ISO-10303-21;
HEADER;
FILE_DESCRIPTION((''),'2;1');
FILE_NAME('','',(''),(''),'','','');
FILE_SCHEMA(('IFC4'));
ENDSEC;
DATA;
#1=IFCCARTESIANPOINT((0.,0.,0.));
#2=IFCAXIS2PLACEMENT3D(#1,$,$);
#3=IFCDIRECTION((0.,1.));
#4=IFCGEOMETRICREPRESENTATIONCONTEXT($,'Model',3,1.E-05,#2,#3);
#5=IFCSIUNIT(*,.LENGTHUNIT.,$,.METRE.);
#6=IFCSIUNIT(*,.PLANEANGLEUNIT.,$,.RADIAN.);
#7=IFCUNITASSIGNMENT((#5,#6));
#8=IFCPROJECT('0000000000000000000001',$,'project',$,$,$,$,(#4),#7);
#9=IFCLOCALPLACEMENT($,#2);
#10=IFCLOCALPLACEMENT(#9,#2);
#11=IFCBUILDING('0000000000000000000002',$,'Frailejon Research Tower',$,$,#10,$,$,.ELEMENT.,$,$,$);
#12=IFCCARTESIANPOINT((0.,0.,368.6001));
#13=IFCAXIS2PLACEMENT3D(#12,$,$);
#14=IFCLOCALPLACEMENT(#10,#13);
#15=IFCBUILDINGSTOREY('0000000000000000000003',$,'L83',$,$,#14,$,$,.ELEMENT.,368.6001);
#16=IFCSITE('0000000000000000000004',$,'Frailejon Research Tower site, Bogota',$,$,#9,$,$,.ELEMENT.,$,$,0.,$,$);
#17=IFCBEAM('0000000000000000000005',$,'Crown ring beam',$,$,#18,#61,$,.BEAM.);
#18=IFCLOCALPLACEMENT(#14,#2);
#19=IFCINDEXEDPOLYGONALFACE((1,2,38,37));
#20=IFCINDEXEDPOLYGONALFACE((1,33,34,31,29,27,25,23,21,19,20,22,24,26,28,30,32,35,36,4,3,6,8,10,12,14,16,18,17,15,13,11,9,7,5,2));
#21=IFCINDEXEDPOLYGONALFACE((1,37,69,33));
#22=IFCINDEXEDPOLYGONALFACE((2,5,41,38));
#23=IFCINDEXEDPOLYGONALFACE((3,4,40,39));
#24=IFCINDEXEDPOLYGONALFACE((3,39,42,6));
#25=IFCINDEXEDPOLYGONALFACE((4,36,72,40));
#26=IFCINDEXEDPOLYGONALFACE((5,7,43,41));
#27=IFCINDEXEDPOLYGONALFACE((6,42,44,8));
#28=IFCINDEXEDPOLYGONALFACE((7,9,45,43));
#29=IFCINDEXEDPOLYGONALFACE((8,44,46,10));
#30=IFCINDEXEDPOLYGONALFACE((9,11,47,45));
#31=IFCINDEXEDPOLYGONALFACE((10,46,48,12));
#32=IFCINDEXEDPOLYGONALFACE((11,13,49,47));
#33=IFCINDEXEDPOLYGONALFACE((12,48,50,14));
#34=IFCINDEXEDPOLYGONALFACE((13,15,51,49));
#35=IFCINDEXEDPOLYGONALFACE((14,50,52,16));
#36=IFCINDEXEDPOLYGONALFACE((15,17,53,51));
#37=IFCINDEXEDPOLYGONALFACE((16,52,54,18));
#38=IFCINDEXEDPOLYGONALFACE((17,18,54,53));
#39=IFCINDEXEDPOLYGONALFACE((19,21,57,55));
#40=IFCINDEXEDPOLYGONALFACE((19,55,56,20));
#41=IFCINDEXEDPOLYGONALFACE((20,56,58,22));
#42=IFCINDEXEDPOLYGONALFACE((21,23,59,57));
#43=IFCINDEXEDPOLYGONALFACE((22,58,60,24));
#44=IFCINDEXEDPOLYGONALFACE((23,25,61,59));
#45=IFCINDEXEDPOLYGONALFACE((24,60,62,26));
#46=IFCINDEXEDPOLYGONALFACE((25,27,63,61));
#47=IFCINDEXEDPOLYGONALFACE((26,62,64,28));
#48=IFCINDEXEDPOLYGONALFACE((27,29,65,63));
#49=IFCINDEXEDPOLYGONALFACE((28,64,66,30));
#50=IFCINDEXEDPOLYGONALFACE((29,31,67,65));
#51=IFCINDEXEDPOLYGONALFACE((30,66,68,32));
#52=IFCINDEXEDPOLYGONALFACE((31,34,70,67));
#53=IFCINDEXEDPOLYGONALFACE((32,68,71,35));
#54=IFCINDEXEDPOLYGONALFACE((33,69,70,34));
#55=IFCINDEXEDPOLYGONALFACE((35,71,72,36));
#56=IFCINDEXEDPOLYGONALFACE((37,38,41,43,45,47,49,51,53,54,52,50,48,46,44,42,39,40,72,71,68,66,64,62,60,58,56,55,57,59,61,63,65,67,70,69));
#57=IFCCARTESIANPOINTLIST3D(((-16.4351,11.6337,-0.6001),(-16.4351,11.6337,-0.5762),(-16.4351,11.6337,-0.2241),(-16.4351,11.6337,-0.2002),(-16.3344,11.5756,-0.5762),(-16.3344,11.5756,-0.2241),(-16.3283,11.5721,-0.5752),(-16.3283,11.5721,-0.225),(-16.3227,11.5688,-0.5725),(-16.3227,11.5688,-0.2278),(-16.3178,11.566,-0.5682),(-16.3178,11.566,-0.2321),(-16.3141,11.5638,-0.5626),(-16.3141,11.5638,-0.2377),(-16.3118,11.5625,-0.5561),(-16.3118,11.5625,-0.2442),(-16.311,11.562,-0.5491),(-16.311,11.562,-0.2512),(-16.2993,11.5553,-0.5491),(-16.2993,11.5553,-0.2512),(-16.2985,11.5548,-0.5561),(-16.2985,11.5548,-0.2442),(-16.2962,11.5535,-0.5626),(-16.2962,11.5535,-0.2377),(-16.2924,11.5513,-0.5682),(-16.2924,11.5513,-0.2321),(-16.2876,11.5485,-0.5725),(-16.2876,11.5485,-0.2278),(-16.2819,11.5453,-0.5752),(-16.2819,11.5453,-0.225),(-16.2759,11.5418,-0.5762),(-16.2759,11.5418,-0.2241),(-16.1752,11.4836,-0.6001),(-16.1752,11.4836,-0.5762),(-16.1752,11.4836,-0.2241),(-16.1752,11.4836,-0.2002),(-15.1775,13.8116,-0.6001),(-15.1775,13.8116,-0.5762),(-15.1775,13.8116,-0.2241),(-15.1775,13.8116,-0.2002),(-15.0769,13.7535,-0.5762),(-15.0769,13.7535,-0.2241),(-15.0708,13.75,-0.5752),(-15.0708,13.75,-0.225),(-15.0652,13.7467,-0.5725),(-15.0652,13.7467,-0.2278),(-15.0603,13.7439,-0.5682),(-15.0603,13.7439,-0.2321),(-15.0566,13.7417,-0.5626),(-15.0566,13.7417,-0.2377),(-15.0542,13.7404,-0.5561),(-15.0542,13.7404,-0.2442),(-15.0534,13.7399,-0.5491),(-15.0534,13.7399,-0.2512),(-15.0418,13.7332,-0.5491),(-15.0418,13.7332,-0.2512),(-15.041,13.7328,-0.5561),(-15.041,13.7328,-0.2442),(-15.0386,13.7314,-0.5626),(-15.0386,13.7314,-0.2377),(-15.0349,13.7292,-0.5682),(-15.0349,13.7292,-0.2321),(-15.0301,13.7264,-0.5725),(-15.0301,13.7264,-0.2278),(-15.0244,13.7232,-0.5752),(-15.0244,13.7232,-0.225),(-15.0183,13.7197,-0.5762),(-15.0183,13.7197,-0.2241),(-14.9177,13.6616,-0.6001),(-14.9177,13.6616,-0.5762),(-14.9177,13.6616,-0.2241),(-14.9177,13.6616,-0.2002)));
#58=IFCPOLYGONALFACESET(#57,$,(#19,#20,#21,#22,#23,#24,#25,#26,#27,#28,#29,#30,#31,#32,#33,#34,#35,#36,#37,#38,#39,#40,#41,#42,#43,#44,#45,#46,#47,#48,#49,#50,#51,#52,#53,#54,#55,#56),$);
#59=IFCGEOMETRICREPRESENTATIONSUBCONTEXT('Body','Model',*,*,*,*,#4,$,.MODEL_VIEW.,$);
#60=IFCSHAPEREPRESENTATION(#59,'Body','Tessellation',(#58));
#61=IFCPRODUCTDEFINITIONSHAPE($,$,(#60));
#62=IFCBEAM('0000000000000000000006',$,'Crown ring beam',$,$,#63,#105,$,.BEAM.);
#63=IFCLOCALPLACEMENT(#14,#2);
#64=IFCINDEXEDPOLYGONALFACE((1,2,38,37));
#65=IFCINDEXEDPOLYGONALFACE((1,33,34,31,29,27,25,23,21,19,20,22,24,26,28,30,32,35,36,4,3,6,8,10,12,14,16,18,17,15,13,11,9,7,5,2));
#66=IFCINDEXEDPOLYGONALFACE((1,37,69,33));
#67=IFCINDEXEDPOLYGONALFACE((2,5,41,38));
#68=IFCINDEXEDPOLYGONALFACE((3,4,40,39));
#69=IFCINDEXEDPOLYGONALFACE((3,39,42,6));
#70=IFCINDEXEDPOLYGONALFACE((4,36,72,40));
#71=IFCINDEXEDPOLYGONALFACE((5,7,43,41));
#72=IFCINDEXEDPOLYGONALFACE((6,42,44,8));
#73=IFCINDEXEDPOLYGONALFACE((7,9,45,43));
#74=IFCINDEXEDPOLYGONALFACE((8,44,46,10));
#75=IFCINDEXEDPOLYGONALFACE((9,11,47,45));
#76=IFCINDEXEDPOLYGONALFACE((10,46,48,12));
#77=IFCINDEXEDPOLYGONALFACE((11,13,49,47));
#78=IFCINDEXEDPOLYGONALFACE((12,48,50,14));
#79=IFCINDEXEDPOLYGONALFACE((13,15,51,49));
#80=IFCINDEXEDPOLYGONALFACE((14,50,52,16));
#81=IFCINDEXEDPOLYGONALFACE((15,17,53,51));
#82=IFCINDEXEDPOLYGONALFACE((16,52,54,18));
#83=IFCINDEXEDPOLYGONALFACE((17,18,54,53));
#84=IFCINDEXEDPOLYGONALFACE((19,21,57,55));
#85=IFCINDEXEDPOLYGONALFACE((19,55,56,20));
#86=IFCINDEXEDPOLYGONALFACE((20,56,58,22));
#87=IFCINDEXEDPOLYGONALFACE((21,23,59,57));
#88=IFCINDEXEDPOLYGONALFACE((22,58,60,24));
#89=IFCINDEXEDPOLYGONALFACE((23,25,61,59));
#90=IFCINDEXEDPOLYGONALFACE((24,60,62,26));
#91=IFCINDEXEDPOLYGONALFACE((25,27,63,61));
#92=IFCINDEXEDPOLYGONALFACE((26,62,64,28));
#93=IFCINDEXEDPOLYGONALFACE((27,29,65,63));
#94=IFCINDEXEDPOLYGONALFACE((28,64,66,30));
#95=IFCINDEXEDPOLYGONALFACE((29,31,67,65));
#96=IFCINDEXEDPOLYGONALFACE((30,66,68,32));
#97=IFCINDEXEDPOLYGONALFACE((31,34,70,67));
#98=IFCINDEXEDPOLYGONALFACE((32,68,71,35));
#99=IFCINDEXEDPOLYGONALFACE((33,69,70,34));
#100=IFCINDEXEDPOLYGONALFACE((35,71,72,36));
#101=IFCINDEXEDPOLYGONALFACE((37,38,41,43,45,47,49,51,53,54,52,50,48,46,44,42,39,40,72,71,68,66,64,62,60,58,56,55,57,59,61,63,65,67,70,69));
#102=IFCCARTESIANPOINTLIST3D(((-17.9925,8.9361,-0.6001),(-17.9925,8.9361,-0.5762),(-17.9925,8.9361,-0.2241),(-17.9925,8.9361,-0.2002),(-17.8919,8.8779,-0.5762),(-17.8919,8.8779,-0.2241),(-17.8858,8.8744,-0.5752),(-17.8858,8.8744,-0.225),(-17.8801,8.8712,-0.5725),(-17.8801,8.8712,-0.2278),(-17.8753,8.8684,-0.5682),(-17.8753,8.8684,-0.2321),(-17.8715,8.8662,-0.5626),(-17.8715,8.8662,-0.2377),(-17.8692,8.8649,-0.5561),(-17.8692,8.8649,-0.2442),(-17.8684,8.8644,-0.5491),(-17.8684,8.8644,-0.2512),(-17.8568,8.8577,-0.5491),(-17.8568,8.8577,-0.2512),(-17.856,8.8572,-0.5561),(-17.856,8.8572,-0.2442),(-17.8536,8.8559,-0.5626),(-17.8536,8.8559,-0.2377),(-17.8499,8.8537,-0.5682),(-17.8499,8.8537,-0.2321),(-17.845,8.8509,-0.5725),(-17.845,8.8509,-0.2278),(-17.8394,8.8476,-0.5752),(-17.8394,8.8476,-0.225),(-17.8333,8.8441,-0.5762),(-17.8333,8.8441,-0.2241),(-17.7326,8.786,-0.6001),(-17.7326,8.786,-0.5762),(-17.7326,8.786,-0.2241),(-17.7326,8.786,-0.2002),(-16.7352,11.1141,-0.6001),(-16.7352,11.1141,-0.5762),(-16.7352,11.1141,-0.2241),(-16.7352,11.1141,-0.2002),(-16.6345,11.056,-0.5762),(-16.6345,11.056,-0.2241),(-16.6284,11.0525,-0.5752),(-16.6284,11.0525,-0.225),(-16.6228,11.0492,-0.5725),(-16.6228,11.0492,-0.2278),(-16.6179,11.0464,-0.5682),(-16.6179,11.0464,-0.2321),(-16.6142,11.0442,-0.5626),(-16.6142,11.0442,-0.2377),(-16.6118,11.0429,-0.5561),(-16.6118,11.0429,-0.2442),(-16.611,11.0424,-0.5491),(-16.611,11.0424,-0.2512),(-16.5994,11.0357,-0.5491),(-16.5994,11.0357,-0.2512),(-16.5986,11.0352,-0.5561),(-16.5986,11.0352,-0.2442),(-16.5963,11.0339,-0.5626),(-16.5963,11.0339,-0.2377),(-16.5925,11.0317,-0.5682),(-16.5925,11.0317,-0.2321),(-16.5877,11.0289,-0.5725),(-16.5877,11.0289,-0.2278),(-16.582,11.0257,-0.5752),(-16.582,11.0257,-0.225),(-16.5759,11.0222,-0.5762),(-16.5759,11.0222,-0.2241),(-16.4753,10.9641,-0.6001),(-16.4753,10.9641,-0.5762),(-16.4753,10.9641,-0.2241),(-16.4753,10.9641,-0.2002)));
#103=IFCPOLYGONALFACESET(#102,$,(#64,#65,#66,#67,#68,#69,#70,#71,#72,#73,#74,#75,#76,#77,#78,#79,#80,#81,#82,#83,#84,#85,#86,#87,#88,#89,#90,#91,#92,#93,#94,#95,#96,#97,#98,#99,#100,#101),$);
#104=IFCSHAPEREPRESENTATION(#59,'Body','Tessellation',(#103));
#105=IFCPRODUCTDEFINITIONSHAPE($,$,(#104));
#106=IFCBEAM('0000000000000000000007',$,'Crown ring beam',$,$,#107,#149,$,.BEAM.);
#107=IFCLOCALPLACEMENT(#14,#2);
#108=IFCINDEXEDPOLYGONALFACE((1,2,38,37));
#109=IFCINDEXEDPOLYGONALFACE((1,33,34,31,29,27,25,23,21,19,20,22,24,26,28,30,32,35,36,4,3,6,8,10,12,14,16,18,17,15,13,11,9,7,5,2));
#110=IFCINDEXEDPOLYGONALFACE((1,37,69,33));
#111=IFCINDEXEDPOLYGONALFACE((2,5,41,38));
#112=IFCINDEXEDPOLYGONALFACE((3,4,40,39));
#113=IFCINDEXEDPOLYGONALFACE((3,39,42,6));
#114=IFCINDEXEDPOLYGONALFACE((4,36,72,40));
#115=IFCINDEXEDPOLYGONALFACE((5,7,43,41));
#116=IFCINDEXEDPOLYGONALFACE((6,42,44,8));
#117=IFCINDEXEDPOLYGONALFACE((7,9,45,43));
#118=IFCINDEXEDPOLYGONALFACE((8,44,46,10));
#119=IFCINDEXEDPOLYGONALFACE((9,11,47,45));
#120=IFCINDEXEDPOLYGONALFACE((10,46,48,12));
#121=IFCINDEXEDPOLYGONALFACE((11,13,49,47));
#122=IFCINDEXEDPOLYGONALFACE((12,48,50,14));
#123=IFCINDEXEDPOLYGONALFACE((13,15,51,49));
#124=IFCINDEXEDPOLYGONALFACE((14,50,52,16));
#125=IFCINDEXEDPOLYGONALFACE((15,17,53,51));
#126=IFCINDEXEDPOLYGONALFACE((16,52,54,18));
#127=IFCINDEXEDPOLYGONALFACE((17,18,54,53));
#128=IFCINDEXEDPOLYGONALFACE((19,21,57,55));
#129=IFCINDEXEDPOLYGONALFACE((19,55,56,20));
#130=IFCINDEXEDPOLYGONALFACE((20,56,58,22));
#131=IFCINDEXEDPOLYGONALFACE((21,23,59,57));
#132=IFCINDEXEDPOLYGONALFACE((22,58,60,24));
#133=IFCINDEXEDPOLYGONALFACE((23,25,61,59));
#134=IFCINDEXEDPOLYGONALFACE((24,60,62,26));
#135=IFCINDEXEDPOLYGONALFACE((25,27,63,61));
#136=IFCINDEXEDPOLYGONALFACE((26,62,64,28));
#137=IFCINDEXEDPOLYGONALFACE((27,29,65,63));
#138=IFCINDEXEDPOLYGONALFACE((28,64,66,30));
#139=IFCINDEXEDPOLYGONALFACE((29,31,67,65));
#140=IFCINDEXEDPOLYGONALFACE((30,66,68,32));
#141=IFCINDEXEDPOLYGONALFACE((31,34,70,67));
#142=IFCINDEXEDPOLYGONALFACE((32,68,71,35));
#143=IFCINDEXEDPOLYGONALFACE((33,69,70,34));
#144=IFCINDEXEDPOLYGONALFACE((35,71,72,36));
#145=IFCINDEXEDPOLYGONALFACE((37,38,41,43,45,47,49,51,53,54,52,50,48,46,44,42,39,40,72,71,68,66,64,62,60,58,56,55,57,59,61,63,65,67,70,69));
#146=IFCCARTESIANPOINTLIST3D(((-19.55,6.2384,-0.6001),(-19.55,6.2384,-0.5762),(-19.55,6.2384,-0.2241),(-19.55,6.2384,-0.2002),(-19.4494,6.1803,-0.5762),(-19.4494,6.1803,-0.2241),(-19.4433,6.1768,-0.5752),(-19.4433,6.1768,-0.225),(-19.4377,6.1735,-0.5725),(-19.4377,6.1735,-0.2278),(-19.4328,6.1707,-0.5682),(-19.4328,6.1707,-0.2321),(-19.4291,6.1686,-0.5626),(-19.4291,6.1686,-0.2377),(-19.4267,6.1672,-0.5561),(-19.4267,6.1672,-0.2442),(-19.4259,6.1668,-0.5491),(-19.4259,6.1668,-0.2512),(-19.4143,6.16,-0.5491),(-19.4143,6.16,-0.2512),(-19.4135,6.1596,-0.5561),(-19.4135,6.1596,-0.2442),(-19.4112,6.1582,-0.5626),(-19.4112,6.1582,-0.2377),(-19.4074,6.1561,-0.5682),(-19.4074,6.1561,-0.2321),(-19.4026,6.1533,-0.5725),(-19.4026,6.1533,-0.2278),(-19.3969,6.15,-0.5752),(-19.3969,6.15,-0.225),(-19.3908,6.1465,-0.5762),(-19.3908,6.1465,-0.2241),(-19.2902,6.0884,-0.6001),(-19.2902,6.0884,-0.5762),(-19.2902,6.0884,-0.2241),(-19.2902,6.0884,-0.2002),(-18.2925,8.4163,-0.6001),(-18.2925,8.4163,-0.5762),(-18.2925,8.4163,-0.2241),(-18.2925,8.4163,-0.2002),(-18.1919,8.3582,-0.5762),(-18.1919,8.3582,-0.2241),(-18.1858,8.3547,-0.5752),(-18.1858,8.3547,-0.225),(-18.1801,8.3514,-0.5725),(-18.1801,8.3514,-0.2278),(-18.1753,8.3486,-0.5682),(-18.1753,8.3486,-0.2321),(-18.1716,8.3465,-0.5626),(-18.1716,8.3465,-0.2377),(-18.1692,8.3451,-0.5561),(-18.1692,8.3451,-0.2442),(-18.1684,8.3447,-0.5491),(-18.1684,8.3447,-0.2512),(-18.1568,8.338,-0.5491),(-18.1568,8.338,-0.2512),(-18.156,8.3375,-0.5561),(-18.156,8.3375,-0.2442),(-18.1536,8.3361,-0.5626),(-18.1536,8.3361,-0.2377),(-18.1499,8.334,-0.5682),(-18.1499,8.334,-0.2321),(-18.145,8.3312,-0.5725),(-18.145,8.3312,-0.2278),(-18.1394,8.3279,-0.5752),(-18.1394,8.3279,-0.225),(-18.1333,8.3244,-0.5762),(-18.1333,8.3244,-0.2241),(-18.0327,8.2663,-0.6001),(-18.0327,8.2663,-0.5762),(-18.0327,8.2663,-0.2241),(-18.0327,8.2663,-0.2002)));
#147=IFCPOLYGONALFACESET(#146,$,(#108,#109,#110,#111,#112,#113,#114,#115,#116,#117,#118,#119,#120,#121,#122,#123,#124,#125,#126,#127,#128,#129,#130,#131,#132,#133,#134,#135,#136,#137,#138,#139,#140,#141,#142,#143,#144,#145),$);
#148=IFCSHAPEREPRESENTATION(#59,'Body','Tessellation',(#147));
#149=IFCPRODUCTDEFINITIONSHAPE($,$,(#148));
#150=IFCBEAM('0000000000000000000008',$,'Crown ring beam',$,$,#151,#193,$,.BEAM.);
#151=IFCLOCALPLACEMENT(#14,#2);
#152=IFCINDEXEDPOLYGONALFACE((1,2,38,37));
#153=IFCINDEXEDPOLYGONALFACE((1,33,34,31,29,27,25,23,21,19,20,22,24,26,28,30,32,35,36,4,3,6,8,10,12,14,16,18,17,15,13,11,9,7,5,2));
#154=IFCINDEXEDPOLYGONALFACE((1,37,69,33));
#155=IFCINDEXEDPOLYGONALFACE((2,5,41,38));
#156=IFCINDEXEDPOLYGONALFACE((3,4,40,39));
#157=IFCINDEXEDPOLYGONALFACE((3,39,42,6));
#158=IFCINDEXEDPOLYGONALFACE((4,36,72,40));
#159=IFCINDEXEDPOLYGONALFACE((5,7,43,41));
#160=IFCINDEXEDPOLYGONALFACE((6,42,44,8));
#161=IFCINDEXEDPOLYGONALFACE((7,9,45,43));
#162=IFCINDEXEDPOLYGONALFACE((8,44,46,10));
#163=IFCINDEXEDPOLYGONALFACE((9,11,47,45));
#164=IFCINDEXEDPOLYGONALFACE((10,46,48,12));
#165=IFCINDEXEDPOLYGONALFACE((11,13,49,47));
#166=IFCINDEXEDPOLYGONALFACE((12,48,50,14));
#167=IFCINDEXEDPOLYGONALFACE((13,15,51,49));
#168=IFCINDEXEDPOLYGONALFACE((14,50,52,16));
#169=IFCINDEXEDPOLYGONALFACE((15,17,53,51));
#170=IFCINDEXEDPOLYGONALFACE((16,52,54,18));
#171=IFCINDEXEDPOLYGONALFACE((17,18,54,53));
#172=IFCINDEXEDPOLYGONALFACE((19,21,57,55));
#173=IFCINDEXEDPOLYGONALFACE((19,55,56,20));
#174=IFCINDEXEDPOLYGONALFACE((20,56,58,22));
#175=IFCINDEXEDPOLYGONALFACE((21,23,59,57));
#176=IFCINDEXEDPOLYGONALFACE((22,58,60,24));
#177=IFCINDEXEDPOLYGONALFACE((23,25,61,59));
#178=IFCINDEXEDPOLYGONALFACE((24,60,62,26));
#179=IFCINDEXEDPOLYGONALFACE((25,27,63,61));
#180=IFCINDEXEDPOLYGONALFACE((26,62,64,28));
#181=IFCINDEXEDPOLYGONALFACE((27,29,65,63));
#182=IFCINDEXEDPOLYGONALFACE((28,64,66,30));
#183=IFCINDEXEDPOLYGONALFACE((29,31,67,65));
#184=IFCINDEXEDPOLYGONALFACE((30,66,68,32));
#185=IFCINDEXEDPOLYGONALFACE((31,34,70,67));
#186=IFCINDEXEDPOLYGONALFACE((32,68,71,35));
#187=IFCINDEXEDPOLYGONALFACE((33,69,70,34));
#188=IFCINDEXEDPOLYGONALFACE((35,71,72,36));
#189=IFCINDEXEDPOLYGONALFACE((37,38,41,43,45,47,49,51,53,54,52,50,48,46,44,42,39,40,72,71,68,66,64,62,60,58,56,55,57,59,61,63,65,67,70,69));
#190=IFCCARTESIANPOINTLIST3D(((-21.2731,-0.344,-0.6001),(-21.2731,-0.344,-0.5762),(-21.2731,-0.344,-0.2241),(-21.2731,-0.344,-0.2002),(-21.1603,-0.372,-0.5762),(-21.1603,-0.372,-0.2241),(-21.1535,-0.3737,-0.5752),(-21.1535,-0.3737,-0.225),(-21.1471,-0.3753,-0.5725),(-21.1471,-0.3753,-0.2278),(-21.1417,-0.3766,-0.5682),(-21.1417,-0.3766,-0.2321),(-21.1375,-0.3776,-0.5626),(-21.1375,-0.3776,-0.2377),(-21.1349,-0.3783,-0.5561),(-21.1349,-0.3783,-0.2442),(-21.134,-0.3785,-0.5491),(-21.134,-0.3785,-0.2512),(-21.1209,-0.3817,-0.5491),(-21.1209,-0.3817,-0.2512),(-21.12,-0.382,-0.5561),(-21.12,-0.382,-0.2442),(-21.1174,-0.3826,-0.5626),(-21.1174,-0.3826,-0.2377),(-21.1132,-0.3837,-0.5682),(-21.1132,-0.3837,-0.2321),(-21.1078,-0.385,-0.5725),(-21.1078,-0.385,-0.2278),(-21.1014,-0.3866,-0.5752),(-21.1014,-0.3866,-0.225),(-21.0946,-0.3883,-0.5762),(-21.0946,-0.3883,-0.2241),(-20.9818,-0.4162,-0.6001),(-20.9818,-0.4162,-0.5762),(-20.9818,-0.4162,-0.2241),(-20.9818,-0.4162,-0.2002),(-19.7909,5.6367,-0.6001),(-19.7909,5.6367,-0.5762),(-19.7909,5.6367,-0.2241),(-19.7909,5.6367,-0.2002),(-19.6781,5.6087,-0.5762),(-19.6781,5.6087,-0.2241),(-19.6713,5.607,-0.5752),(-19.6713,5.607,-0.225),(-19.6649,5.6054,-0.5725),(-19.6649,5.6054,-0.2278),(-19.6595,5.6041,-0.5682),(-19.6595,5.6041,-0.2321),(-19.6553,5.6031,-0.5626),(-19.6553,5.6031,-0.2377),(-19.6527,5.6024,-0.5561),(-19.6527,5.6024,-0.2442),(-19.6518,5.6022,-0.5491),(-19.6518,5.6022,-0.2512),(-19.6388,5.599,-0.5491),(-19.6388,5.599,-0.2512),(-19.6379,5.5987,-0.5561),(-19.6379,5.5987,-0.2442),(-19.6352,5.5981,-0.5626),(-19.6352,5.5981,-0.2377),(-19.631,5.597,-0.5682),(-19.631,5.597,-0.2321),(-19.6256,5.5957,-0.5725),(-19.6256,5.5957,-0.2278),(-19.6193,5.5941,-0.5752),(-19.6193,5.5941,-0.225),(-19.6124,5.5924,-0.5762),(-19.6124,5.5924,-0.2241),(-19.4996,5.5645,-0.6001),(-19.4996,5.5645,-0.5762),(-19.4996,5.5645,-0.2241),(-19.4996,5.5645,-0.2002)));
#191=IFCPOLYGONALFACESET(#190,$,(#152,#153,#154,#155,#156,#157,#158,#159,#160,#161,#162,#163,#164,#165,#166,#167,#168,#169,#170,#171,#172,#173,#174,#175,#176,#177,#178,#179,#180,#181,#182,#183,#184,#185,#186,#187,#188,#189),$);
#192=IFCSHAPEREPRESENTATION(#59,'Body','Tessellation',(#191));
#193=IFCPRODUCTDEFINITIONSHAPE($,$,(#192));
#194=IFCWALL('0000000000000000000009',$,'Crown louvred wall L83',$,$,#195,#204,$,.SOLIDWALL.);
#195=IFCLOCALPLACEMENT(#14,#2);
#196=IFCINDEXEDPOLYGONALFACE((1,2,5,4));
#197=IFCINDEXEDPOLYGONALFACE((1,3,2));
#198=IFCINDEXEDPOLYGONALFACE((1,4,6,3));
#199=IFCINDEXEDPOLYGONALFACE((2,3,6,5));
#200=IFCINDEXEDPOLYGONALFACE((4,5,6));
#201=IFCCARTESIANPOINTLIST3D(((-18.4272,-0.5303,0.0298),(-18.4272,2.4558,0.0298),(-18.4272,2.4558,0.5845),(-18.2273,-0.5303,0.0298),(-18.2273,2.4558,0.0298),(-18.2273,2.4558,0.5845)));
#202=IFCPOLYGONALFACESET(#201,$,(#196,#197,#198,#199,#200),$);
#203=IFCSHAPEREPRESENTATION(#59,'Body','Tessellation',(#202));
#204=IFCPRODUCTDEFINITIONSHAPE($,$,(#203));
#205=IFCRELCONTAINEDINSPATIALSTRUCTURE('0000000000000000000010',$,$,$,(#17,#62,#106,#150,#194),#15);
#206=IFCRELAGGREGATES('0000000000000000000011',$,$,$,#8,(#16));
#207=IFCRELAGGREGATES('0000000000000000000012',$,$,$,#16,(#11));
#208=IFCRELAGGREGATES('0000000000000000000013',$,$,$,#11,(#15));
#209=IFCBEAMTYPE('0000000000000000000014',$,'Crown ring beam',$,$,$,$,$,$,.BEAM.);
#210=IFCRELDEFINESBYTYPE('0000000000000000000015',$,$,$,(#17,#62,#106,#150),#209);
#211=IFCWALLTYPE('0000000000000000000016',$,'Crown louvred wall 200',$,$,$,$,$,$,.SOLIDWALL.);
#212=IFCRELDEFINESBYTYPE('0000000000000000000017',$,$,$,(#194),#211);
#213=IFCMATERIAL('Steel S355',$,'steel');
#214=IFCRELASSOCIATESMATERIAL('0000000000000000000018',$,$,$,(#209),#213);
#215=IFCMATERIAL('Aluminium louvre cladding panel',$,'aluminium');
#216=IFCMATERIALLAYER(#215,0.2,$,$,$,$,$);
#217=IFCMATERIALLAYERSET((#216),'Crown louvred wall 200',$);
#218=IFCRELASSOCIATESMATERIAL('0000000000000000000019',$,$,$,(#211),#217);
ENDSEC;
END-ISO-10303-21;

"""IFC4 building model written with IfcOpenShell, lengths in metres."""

from ifc_helpers import new_model, si_unit, direction, frame, origin, origin_2d, place, context, subcontext, project, spatial, polyline, i_section, outline, extrude, material, layer, layer_set, material_profile, profile_set, type_object, element, save


model = new_model("IFC4")

# Units and contexts
model_context = context("Model", 3, precision=1e-05, world=origin(), true_north=direction((0.0, 1.0)))
body_context = subcontext(model_context, "Body", "Model", "MODEL_VIEW")
ifc_project = project(units=[si_unit("LENGTHUNIT", "METRE"), si_unit("PLANEANGLEUNIT", "RADIAN")], contexts=[model_context])

# Site, building, storey
site_placement = place(None, origin())
site = spatial("IfcSite", under=ifc_project, at=site_placement, Name="Frailejon Research Tower site, Bogota", CompositionType="ELEMENT", RefElevation=0.0)
building_placement = place(site_placement, origin())
building = spatial("IfcBuilding", under=site, at=building_placement, Name="Frailejon Research Tower", CompositionType="ELEMENT")
storey_placement = place(building_placement, frame((0.0, 0.0, 368.6001)))
storey = spatial("IfcBuildingStorey", under=building, at=storey_placement, Name="L83", CompositionType="ELEMENT", Elevation=368.6001)

# Beams
ifc_material_1 = material(Name="Steel S355", Category="steel")
ifc_material_profile_1 = material_profile(ifc_material_1, i_section(OverallWidth=0.3, OverallDepth=0.3999, WebThickness=0.0134, FlangeThickness=0.0239, FilletRadius=0.0271, at=origin_2d()), Name="HE 400 B")
ifc_profile_set_1 = profile_set([ifc_material_profile_1], Name="Steel S355")
beam_type_1 = type_object("IfcBeamType", Name="Crown ring beam", PredefinedType="BEAM", material=ifc_profile_set_1)
for number, where, z_axis, x_axis, name in (
    (1, (-15.0476, 13.7366, -0.4001), (-0.500033, -0.866006, 0.0), (0.866006, -0.500033, 0.0), "Crown ring beam"),
    (2, (-16.6052, 11.0391, -0.4001), (-0.499961, -0.866048, 0.0), (0.866048, -0.499961, 0.0), "Crown ring beam"),
    (3, (-18.1626, 8.3413, -0.4001), (-0.500033, -0.866006, 0.0), (0.866006, -0.500033, 0.0), "Crown ring beam"),
):
    element("IfcBeam", number, at=place(storey_placement, frame(where, z_axis=z_axis, x_axis=x_axis)), inside=storey, type_object=beam_type_1, Name=name, PredefinedType="BEAM", context=body_context, shape_type="SweptSolid", body=[
        extrude(i_section(OverallWidth=0.3, OverallDepth=0.3999, WebThickness=0.0134, FlangeThickness=0.0239, FilletRadius=0.0271, at=origin_2d()), origin(), (0.0, 0.0, 1.0), 2.5149),
    ])
beam_1_placement = place(storey_placement, frame((-21.1274, -0.3801, -0.4001), z_axis=(0.240549, 0.970637, 0.0), x_axis=(-0.970637, 0.240549, 0.0)))
element("IfcBeam", 4, at=beam_1_placement, inside=storey, type_object=beam_type_1, Name="Crown ring beam", PredefinedType="BEAM", context=body_context, shape_type="SweptSolid", body=[
    extrude(i_section(OverallWidth=0.3, OverallDepth=0.3999, WebThickness=0.0134, FlangeThickness=0.0239, FilletRadius=0.0271, at=origin_2d()), origin(), (0.0, 0.0, 1.0), 6.1616),
])

# Wall
ifc_material_2 = material(Name="Aluminium louvre cladding panel", Category="aluminium")
ifc_layer_1 = layer(ifc_material_2, 0.2)
ifc_layer_set_1 = layer_set([ifc_layer_1], Name="Crown louvred wall 200")
wall_type = type_object("IfcWallType", Name="Crown louvred wall 200", PredefinedType="SOLIDWALL", material=ifc_layer_set_1)
wall_placement = place(storey_placement, frame((-18.3274, 2.4558, 0.0298), z_axis=(0.0, 0.0, 1.0), x_axis=(0.0, -1.0, 0.0)))
element("IfcWall", 5, at=wall_placement, inside=storey, type_object=wall_type, Name="Crown louvred wall L83", PredefinedType="SOLIDWALL", context=body_context, shape_type="SweptSolid", body=[
    extrude(outline(polyline([(0.0, 0.0), (2.9861, 0.0), (2.9861, 0.0), (0.0, 0.5547), (0.0, 0.0)])), frame((0.0, 0.1001, 0.0), z_axis=(0.0, -1.0, 0.0), x_axis=(1.0, 0.0, 0.0)), (0.0, 0.0, 1.0), 0.2),
])

save(model, "model.ifc")
